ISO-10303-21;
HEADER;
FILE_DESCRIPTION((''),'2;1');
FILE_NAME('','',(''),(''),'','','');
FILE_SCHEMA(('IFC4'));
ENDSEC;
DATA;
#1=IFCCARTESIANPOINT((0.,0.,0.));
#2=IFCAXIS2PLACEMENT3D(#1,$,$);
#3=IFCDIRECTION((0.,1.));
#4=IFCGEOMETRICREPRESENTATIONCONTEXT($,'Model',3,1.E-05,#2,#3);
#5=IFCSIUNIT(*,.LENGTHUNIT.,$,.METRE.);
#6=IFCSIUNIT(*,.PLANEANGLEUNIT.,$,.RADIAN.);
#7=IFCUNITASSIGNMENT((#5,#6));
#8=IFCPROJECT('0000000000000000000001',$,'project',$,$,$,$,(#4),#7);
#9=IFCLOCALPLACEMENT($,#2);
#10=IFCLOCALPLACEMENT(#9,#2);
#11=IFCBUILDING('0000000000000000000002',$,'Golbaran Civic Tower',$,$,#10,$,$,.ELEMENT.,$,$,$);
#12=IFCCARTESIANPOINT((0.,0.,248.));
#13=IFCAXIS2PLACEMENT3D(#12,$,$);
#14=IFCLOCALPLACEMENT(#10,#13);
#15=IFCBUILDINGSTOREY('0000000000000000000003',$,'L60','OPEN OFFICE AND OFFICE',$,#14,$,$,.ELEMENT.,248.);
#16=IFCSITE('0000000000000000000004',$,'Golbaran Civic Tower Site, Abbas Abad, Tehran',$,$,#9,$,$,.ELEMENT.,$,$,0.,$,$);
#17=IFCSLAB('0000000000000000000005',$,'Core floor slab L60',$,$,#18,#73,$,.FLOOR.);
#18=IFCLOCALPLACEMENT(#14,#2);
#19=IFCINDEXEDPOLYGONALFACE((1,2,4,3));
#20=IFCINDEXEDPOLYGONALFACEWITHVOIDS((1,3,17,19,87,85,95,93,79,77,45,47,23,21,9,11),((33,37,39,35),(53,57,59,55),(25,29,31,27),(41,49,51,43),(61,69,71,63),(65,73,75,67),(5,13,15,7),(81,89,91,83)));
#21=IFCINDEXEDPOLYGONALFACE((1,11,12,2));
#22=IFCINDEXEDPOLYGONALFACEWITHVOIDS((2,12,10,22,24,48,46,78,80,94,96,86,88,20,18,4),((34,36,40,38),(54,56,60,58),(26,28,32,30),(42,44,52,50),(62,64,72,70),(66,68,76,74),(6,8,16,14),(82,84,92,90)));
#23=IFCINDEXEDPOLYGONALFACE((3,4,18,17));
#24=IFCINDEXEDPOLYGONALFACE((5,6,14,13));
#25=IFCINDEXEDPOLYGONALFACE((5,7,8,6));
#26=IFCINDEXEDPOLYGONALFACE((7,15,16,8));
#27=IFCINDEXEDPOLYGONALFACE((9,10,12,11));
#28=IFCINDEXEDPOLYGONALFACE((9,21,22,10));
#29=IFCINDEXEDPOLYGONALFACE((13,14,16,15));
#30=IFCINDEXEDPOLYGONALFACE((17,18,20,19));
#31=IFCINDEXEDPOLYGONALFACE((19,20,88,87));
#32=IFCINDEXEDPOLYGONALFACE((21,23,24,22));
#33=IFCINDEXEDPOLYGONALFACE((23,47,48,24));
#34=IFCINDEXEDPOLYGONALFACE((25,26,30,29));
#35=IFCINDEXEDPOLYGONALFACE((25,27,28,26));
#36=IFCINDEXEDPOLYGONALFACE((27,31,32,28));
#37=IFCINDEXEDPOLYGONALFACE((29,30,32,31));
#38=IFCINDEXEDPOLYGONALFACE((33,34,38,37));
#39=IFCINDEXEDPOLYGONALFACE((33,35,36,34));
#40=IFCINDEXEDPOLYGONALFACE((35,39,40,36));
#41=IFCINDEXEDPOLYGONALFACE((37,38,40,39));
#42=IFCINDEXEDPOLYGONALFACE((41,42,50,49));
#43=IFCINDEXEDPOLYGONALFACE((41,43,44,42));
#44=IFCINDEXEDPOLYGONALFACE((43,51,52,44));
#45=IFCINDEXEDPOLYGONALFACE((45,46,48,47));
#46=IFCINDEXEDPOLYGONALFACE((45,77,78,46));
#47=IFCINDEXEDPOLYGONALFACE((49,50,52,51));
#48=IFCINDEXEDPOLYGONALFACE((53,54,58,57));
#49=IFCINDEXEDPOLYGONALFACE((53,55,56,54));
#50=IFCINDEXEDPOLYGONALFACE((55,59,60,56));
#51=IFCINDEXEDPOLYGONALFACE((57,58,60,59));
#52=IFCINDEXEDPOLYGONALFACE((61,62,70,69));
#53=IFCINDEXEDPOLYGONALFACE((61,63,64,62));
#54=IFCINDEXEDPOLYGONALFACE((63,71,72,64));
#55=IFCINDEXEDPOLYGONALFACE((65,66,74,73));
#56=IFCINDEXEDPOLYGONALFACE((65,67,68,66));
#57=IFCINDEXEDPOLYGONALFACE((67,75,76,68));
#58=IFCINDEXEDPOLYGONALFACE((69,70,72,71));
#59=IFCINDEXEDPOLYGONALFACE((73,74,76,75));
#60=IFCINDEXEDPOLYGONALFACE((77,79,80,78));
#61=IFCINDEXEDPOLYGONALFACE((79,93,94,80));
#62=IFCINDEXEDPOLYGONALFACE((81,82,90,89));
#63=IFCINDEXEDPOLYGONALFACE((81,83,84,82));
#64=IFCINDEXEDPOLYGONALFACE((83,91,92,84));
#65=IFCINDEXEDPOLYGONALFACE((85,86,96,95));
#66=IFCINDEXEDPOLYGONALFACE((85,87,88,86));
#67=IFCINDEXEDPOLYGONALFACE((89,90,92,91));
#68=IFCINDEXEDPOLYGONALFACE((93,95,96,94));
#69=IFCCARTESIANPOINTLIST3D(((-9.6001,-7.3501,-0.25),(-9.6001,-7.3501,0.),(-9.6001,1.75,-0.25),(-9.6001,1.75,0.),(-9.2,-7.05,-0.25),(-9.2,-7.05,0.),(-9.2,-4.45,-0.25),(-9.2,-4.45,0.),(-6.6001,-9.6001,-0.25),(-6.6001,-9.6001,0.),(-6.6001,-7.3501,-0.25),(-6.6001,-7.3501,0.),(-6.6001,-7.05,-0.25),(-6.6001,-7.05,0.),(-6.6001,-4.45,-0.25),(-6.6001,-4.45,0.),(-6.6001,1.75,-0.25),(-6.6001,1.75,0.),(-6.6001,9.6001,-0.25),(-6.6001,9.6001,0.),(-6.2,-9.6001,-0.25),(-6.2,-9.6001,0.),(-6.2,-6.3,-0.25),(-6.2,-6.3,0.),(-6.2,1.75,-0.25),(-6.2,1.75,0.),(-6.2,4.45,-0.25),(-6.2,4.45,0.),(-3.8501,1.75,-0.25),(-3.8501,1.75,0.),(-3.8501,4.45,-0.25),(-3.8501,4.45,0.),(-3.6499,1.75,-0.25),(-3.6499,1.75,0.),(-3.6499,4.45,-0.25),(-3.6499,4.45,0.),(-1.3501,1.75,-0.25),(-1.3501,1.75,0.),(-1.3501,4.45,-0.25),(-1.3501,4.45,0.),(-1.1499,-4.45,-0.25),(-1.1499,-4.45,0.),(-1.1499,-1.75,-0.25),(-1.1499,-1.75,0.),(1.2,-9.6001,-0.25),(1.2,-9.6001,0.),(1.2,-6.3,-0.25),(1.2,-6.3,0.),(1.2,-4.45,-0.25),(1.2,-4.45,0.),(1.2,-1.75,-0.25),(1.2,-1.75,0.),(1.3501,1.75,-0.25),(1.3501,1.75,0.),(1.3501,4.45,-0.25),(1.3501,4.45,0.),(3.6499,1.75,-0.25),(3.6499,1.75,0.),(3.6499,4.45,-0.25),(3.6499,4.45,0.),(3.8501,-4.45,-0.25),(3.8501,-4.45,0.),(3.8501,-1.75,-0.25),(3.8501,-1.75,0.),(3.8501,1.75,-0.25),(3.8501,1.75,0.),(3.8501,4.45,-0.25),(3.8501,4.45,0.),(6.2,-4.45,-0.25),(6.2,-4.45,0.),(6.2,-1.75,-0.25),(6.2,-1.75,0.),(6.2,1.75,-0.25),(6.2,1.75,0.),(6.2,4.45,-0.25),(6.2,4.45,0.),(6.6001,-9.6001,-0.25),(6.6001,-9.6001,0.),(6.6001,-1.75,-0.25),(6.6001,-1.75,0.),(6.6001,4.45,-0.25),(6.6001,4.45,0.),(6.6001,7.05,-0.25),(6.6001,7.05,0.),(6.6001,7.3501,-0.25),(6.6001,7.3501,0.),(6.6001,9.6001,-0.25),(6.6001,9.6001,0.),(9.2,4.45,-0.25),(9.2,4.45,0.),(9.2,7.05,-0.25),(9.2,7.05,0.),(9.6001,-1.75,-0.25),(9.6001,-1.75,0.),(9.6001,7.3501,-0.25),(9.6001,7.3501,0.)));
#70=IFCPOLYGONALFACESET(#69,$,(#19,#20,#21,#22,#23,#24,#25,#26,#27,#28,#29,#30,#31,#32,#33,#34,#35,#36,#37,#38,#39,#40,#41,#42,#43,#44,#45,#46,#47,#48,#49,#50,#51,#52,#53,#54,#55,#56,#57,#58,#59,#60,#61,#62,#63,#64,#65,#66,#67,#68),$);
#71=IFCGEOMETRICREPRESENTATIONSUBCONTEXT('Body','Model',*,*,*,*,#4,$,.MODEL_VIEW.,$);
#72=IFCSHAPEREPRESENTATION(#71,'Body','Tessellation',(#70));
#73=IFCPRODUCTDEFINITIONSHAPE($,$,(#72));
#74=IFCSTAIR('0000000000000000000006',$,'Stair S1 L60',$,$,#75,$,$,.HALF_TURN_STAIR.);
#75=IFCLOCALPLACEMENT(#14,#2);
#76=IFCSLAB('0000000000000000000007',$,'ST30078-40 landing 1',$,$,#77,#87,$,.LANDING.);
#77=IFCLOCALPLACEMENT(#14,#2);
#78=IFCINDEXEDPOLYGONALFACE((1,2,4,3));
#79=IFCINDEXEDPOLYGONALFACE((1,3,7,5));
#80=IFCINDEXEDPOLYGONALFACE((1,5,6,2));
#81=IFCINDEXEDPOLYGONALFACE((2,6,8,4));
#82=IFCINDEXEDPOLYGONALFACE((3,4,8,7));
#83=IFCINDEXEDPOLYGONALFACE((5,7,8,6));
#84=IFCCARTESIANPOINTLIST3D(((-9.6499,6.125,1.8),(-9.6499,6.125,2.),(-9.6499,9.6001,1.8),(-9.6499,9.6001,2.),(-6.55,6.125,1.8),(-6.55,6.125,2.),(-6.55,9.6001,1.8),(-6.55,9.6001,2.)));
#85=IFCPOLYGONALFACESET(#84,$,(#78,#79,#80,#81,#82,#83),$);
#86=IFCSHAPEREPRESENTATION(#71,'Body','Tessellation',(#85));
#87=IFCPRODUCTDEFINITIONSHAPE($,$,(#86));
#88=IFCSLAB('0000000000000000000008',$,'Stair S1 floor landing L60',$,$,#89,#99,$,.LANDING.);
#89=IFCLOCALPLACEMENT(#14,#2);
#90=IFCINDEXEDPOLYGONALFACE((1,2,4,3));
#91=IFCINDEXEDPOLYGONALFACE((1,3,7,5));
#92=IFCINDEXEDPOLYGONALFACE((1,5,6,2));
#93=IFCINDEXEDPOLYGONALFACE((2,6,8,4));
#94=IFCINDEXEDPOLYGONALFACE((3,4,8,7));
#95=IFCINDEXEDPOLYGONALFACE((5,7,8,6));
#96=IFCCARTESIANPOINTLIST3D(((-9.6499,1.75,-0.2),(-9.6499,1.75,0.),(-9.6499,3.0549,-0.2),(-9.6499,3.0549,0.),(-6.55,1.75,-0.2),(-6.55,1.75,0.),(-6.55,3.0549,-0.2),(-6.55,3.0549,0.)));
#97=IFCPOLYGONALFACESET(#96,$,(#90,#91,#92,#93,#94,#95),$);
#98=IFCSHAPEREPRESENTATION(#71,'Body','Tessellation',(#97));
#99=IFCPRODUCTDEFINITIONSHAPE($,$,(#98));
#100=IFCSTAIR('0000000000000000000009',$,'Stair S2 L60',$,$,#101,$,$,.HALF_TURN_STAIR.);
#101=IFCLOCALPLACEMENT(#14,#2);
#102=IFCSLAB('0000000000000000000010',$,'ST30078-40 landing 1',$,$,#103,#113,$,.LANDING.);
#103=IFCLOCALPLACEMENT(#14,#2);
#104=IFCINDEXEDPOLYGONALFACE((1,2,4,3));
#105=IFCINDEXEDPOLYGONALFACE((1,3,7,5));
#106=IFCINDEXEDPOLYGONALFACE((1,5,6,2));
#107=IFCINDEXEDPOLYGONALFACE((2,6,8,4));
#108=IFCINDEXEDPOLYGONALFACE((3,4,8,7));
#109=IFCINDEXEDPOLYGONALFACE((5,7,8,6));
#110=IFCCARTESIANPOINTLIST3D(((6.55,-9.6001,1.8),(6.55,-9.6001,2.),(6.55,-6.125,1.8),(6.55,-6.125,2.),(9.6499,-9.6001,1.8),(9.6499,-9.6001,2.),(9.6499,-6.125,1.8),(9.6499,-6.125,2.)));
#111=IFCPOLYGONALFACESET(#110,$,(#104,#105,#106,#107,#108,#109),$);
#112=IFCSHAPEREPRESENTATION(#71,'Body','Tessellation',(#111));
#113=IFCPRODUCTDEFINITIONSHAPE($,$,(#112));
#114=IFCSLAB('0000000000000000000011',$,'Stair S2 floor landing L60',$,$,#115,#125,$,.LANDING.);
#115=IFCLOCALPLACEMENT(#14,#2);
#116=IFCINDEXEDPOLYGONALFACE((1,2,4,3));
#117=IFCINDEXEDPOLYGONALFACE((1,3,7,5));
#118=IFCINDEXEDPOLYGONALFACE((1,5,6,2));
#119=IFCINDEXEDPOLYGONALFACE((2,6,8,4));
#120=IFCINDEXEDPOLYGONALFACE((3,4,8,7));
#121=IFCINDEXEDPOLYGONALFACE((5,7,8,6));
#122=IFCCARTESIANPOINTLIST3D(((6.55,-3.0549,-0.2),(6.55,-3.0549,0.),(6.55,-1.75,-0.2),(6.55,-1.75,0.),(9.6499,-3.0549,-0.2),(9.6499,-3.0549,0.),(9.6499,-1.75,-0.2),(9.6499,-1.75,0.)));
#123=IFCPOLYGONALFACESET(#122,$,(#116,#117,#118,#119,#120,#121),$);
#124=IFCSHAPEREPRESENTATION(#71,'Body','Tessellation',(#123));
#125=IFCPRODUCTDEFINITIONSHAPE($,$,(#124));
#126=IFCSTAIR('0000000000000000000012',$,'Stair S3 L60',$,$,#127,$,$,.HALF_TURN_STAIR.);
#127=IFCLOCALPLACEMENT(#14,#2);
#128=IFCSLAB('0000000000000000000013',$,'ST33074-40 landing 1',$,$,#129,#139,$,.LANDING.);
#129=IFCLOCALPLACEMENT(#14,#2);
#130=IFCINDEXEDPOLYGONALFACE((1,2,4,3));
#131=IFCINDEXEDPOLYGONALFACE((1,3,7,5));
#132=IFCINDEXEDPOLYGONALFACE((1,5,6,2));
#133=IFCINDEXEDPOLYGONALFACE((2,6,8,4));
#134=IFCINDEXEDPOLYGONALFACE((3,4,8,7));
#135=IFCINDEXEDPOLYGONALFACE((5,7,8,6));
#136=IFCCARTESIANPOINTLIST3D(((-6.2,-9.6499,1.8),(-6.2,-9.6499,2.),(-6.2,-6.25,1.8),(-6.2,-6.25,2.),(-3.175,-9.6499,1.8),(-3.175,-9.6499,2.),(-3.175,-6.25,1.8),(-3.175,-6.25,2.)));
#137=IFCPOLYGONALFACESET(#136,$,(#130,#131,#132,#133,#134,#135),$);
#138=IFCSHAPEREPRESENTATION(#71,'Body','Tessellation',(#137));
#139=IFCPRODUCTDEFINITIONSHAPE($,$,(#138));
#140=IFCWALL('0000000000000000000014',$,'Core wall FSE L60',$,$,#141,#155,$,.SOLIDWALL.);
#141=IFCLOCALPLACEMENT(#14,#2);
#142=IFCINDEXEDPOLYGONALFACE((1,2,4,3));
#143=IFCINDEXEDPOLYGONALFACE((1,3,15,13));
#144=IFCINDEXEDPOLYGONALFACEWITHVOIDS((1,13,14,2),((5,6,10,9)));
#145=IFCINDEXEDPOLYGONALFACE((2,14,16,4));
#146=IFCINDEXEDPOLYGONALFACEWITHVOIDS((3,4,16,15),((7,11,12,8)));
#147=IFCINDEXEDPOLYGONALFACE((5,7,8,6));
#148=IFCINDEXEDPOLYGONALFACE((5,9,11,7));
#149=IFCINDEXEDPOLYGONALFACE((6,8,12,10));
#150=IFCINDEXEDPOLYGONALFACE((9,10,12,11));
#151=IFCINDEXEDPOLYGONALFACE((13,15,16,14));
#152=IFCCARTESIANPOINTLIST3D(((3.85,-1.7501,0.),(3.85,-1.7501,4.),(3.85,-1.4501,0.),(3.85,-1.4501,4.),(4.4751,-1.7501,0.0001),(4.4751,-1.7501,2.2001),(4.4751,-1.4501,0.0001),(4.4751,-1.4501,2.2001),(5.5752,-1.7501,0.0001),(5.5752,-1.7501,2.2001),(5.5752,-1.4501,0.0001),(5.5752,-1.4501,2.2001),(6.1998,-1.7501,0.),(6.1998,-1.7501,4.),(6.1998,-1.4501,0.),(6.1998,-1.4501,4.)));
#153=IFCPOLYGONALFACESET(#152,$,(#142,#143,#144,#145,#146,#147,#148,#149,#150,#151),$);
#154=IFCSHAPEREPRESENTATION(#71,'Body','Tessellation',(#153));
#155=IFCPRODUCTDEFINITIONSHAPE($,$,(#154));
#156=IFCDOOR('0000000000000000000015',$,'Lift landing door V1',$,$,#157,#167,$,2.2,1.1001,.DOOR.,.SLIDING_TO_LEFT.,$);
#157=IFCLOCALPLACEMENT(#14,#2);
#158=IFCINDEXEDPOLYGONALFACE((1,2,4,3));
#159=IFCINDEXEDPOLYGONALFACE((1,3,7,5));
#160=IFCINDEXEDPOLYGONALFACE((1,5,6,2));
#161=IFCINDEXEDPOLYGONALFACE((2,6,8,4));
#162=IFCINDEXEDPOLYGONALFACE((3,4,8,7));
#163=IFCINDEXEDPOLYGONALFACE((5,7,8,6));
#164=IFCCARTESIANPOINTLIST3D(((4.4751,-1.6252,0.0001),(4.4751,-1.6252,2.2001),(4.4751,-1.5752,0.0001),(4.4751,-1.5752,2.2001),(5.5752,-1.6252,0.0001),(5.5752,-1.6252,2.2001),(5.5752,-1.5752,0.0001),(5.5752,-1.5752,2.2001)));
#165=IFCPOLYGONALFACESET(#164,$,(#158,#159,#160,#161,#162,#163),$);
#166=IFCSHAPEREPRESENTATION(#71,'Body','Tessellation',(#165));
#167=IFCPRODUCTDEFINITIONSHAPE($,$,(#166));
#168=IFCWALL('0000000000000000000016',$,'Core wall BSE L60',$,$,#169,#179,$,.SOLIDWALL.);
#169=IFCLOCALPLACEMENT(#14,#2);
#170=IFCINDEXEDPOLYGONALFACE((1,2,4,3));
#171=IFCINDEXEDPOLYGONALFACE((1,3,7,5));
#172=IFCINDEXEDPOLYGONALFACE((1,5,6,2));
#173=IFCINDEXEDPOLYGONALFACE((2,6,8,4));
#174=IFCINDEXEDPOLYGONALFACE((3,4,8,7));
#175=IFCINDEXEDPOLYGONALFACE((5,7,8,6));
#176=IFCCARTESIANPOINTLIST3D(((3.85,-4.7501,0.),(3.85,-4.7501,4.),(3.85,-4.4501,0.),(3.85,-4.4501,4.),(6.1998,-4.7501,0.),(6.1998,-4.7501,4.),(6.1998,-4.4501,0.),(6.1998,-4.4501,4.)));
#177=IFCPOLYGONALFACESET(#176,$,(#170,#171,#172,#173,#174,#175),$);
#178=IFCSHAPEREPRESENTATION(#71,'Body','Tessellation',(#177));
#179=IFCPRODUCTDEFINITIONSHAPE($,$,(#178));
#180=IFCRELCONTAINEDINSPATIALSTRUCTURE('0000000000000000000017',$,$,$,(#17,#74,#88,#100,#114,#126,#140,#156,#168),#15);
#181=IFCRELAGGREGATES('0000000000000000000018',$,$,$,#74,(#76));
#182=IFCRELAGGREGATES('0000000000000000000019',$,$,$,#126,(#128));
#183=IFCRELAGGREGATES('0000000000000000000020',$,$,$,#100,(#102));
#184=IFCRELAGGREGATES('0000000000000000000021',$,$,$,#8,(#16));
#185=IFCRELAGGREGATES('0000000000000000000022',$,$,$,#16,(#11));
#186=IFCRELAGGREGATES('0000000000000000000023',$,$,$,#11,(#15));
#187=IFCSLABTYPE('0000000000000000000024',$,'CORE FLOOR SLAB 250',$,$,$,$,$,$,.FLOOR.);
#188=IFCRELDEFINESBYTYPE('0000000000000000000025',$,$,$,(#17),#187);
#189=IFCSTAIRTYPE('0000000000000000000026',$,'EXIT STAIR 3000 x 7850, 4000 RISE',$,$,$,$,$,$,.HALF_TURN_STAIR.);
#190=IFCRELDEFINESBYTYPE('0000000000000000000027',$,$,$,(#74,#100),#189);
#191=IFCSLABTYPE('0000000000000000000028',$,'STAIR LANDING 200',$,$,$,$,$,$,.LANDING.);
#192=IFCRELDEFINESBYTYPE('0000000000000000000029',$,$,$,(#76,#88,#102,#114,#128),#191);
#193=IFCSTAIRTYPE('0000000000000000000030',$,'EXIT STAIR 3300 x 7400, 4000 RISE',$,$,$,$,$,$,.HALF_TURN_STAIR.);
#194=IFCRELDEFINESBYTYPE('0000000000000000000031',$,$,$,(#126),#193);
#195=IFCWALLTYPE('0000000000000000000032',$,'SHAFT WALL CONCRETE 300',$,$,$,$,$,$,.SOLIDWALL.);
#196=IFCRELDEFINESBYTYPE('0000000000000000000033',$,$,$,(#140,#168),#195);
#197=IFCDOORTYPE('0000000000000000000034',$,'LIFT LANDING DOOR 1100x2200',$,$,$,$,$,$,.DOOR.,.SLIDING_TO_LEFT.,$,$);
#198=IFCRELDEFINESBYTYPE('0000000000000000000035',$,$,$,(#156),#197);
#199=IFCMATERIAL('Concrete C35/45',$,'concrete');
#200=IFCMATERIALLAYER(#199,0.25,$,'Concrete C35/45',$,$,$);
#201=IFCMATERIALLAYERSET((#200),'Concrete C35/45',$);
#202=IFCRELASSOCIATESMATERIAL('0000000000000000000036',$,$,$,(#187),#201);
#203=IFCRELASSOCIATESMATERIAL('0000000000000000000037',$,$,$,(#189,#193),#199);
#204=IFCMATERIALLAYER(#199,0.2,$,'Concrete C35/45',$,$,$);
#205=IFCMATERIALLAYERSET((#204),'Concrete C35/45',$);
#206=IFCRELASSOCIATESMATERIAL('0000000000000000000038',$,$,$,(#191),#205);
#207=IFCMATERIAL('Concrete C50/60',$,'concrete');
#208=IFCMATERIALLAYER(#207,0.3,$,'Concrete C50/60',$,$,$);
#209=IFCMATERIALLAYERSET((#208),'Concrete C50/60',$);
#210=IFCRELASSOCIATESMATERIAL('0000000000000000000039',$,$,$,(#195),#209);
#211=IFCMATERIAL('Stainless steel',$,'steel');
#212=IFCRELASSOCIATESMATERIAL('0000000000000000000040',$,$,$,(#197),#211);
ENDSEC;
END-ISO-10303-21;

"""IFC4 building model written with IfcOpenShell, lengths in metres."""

from ifc_helpers import new_model, si_unit, direction, frame, frame_2d, origin, place, context, subcontext, project, spatial, polyline, rectangle, outline, extrude, material, layer, layer_set, type_object, element, fill, aggregate, save


model = new_model("IFC4")

# Units and contexts
model_context = context("Model", 3, precision=1e-05, world=origin(), true_north=direction((0.0, 1.0)))
body_context = subcontext(model_context, "Body", "Model", "MODEL_VIEW")
ifc_project = project(units=[si_unit("LENGTHUNIT", "METRE"), si_unit("PLANEANGLEUNIT", "RADIAN")], contexts=[model_context])

# Site, building, storey
site_placement = place(None, origin())
site = spatial("IfcSite", under=ifc_project, at=site_placement, Name="Golbaran Civic Tower Site, Abbas Abad, Tehran", CompositionType="ELEMENT", RefElevation=0.0)
building_placement = place(site_placement, origin())
building = spatial("IfcBuilding", under=site, at=building_placement, Name="Golbaran Civic Tower", CompositionType="ELEMENT")
storey_placement = place(building_placement, frame((0.0, 0.0, 248.0)))
storey = spatial("IfcBuildingStorey", under=building, at=storey_placement, Name="L60", Description="OPEN OFFICE AND OFFICE", CompositionType="ELEMENT", Elevation=248.0)

# Slab
ifc_material_1 = material(Name="Concrete C35/45", Category="concrete")
ifc_layer_1 = layer(ifc_material_1, 0.25, Name="Concrete C35/45")
ifc_layer_set_1 = layer_set([ifc_layer_1], Name="Concrete C35/45")
slab_type_1 = type_object("IfcSlabType", Name="CORE FLOOR SLAB 250", PredefinedType="FLOOR", material=ifc_layer_set_1)
slab_1_placement = place(storey_placement, frame((0.0, 0.0, -0.25)))
element("IfcSlab", 1, at=slab_1_placement, inside=storey, type_object=slab_type_1, Name="Core floor slab L60", PredefinedType="FLOOR", context=body_context, shape_type="SweptSolid", body=[
    extrude(outline(polyline([(6.6001, -1.75), (6.6001, -9.6001), (1.2, -9.6001), (1.2, -6.3), (-6.2, -6.3), (-6.2, -9.6001), (-6.6001, -9.6001), (-6.6001, -7.3501), (-9.6001, -7.3501), (-9.6001, 1.75), (-6.6001, 1.75), (-6.6001, 9.6001), (6.6001, 9.6001), (6.6001, 7.3501), (9.6001, 7.3501), (9.6001, -1.75), (6.6001, -1.75)]), holes=[polyline([(9.2, 7.05), (6.6001, 7.05), (6.6001, 4.45), (9.2, 4.45), (9.2, 7.05)]), polyline([(6.2, -1.75), (3.8501, -1.75), (3.8501, -4.45), (6.2, -4.45), (6.2, -1.75)]), polyline([(6.2, 4.45), (3.8501, 4.45), (3.8501, 1.75), (6.2, 1.75), (6.2, 4.45)]), polyline([(3.6499, 4.45), (1.3501, 4.45), (1.3501, 1.75), (3.6499, 1.75), (3.6499, 4.45)]), polyline([(-1.1499, -1.75), (-1.1499, -4.45), (1.2, -4.45), (1.2, -1.75), (-1.1499, -1.75)]), polyline([(-1.3501, 4.45), (-3.6499, 4.45), (-3.6499, 1.75), (-1.3501, 1.75), (-1.3501, 4.45)]), polyline([(-3.8501, 4.45), (-6.2, 4.45), (-6.2, 1.75), (-3.8501, 1.75), (-3.8501, 4.45)]), polyline([(-6.6001, -4.45), (-9.2, -4.45), (-9.2, -7.05), (-6.6001, -7.05), (-6.6001, -4.45)])]), origin(), (0.0, 0.0, 1.0), 0.25),
])

# Stair, slab
stair_type_1 = type_object("IfcStairType", Name="EXIT STAIR 3000 x 7850, 4000 RISE", PredefinedType="HALF_TURN_STAIR", material=ifc_material_1)
stair_1_placement = place(storey_placement, origin())
stair_1 = element("IfcStair", 2, at=stair_1_placement, inside=storey, type_object=stair_type_1, Name="Stair S1 L60", PredefinedType="HALF_TURN_STAIR")
ifc_layer_2 = layer(ifc_material_1, 0.2, Name="Concrete C35/45")
ifc_layer_set_2 = layer_set([ifc_layer_2], Name="Concrete C35/45")
slab_type_2 = type_object("IfcSlabType", Name="STAIR LANDING 200", PredefinedType="LANDING", material=ifc_layer_set_2)
slab_2_placement = place(storey_placement, frame((0.0, 0.0, 1.8)))
slab_2 = element("IfcSlab", 3, at=slab_2_placement, type_object=slab_type_2, Name="ST30078-40 landing 1", PredefinedType="LANDING", context=body_context, shape_type="SweptSolid", body=[
    extrude(outline(polyline([(-9.6499, 6.125), (-9.6499, 9.6001), (-6.55, 9.6001), (-6.55, 6.125), (-9.6499, 6.125)])), origin(), (0.0, 0.0, 1.0), 0.2),
])
aggregate(stair_1, [slab_2])

# Slab
slab_3_placement = place(storey_placement, frame((0.0, 0.0, -0.2)))
element("IfcSlab", 4, at=slab_3_placement, inside=storey, type_object=slab_type_2, Name="Stair S1 floor landing L60", PredefinedType="LANDING", context=body_context, shape_type="SweptSolid", body=[
    extrude(outline(polyline([(-9.6499, 1.75), (-9.6499, 3.0549), (-6.55, 3.0549), (-6.55, 1.75), (-9.6499, 1.75)])), origin(), (0.0, 0.0, 1.0), 0.2),
])

# Stair, slab
stair_2_placement = place(storey_placement, origin())
stair_2 = element("IfcStair", 5, at=stair_2_placement, inside=storey, type_object=stair_type_1, Name="Stair S2 L60", PredefinedType="HALF_TURN_STAIR")
slab_4_placement = place(storey_placement, frame((0.0, 0.0, 1.8)))
slab_4 = element("IfcSlab", 6, at=slab_4_placement, type_object=slab_type_2, Name="ST30078-40 landing 1", PredefinedType="LANDING", context=body_context, shape_type="SweptSolid", body=[
    extrude(outline(polyline([(9.6499, -6.125), (9.6499, -9.6001), (6.55, -9.6001), (6.55, -6.125), (9.6499, -6.125)])), origin(), (0.0, 0.0, 1.0), 0.2),
])

# Slab
slab_5_placement = place(storey_placement, frame((0.0, 0.0, -0.2)))
element("IfcSlab", 7, at=slab_5_placement, inside=storey, type_object=slab_type_2, Name="Stair S2 floor landing L60", PredefinedType="LANDING", context=body_context, shape_type="SweptSolid", body=[
    extrude(outline(polyline([(9.6499, -1.75), (9.6499, -3.0549), (6.55, -3.0549), (6.55, -1.75), (9.6499, -1.75)])), origin(), (0.0, 0.0, 1.0), 0.2),
])

# Stair, slab
stair_type_2 = type_object("IfcStairType", Name="EXIT STAIR 3300 x 7400, 4000 RISE", PredefinedType="HALF_TURN_STAIR", material=ifc_material_1)
stair_3_placement = place(storey_placement, origin())
stair_3 = element("IfcStair", 8, at=stair_3_placement, inside=storey, type_object=stair_type_2, Name="Stair S3 L60", PredefinedType="HALF_TURN_STAIR")
slab_6_placement = place(storey_placement, frame((0.0, 0.0, 1.8)))
slab_6 = element("IfcSlab", 9, at=slab_6_placement, type_object=slab_type_2, Name="ST33074-40 landing 1", PredefinedType="LANDING", context=body_context, shape_type="SweptSolid", body=[
    extrude(outline(polyline([(-3.175, -9.6499), (-6.2, -9.6499), (-6.2, -6.25), (-3.175, -6.25), (-3.175, -9.6499)])), origin(), (0.0, 0.0, 1.0), 0.2),
])
aggregate(stair_3, [slab_6])

# Wall, opening, door
ifc_material_2 = material(Name="Concrete C50/60", Category="concrete")
ifc_layer_3 = layer(ifc_material_2, 0.3, Name="Concrete C50/60")
ifc_layer_set_3 = layer_set([ifc_layer_3], Name="Concrete C50/60")
wall_type = type_object("IfcWallType", Name="SHAFT WALL CONCRETE 300", PredefinedType="SOLIDWALL", material=ifc_layer_set_3)
wall_1_placement = place(storey_placement, frame((3.8501, -1.6001, 0.0), z_axis=(0.0, 0.0, 1.0), x_axis=(1.0, 0.0, 0.0)))
wall_1 = element("IfcWall", 10, at=wall_1_placement, inside=storey, type_object=wall_type, Name="Core wall FSE L60", PredefinedType="SOLIDWALL", context=body_context, shape_type="SweptSolid", body=[
    extrude(rectangle(XDim=2.3499, YDim=0.3, at=frame_2d((1.1748, 0.0))), origin(), (0.0, 0.0, 1.0), 4.0),
])
opening_1_placement = place(wall_1_placement, frame((0.625, 0.0, 0.0)))
opening_1 = element("IfcOpeningElement", 11, at=opening_1_placement, cuts=wall_1, PredefinedType="OPENING", context=body_context, shape_type="SweptSolid", body=[
    extrude(rectangle(XDim=1.1001, YDim=2.2, at=frame_2d((0.55, 1.1001))), frame((0.0, 0.1599, 0.0), z_axis=(0.0, -1.0, 0.0), x_axis=(1.0, 0.0, 0.0)), (0.0, 0.0, 1.0), 0.3201),
])
ifc_material_3 = material(Name="Stainless steel", Category="steel")
door_type_1 = type_object("IfcDoorType", Name="LIFT LANDING DOOR 1100x2200", OperationType="SLIDING_TO_LEFT", PredefinedType="DOOR", material=ifc_material_3)
door_1_placement = place(opening_1_placement, origin())
door_1 = element("IfcDoor", 12, at=door_1_placement, inside=storey, type_object=door_type_1, Name="Lift landing door V1", OperationType="SLIDING_TO_LEFT", OverallHeight=2.2, OverallWidth=1.1001, PredefinedType="DOOR", context=body_context, shape_type="SweptSolid", body=[
    extrude(rectangle(XDim=1.1001, YDim=2.2, at=frame_2d((0.55, 1.1001))), frame((0.0, 0.0249, 0.0), z_axis=(0.0, -1.0, 0.0), x_axis=(1.0, 0.0, 0.0)), (0.0, 0.0, 1.0), 0.05),
])
fill(opening_1, door_1)

# Wall
wall_2_placement = place(storey_placement, frame((3.8501, -4.6001, 0.0), z_axis=(0.0, 0.0, 1.0), x_axis=(1.0, 0.0, 0.0)))
element("IfcWall", 13, at=wall_2_placement, inside=storey, type_object=wall_type, Name="Core wall BSE L60", PredefinedType="SOLIDWALL", context=body_context, shape_type="SweptSolid", body=[
    extrude(rectangle(XDim=2.3499, YDim=0.3, at=frame_2d((1.1748, 0.0))), origin(), (0.0, 0.0, 1.0), 4.0),
])

aggregate(stair_2, [slab_4])

save(model, "model.ifc")
